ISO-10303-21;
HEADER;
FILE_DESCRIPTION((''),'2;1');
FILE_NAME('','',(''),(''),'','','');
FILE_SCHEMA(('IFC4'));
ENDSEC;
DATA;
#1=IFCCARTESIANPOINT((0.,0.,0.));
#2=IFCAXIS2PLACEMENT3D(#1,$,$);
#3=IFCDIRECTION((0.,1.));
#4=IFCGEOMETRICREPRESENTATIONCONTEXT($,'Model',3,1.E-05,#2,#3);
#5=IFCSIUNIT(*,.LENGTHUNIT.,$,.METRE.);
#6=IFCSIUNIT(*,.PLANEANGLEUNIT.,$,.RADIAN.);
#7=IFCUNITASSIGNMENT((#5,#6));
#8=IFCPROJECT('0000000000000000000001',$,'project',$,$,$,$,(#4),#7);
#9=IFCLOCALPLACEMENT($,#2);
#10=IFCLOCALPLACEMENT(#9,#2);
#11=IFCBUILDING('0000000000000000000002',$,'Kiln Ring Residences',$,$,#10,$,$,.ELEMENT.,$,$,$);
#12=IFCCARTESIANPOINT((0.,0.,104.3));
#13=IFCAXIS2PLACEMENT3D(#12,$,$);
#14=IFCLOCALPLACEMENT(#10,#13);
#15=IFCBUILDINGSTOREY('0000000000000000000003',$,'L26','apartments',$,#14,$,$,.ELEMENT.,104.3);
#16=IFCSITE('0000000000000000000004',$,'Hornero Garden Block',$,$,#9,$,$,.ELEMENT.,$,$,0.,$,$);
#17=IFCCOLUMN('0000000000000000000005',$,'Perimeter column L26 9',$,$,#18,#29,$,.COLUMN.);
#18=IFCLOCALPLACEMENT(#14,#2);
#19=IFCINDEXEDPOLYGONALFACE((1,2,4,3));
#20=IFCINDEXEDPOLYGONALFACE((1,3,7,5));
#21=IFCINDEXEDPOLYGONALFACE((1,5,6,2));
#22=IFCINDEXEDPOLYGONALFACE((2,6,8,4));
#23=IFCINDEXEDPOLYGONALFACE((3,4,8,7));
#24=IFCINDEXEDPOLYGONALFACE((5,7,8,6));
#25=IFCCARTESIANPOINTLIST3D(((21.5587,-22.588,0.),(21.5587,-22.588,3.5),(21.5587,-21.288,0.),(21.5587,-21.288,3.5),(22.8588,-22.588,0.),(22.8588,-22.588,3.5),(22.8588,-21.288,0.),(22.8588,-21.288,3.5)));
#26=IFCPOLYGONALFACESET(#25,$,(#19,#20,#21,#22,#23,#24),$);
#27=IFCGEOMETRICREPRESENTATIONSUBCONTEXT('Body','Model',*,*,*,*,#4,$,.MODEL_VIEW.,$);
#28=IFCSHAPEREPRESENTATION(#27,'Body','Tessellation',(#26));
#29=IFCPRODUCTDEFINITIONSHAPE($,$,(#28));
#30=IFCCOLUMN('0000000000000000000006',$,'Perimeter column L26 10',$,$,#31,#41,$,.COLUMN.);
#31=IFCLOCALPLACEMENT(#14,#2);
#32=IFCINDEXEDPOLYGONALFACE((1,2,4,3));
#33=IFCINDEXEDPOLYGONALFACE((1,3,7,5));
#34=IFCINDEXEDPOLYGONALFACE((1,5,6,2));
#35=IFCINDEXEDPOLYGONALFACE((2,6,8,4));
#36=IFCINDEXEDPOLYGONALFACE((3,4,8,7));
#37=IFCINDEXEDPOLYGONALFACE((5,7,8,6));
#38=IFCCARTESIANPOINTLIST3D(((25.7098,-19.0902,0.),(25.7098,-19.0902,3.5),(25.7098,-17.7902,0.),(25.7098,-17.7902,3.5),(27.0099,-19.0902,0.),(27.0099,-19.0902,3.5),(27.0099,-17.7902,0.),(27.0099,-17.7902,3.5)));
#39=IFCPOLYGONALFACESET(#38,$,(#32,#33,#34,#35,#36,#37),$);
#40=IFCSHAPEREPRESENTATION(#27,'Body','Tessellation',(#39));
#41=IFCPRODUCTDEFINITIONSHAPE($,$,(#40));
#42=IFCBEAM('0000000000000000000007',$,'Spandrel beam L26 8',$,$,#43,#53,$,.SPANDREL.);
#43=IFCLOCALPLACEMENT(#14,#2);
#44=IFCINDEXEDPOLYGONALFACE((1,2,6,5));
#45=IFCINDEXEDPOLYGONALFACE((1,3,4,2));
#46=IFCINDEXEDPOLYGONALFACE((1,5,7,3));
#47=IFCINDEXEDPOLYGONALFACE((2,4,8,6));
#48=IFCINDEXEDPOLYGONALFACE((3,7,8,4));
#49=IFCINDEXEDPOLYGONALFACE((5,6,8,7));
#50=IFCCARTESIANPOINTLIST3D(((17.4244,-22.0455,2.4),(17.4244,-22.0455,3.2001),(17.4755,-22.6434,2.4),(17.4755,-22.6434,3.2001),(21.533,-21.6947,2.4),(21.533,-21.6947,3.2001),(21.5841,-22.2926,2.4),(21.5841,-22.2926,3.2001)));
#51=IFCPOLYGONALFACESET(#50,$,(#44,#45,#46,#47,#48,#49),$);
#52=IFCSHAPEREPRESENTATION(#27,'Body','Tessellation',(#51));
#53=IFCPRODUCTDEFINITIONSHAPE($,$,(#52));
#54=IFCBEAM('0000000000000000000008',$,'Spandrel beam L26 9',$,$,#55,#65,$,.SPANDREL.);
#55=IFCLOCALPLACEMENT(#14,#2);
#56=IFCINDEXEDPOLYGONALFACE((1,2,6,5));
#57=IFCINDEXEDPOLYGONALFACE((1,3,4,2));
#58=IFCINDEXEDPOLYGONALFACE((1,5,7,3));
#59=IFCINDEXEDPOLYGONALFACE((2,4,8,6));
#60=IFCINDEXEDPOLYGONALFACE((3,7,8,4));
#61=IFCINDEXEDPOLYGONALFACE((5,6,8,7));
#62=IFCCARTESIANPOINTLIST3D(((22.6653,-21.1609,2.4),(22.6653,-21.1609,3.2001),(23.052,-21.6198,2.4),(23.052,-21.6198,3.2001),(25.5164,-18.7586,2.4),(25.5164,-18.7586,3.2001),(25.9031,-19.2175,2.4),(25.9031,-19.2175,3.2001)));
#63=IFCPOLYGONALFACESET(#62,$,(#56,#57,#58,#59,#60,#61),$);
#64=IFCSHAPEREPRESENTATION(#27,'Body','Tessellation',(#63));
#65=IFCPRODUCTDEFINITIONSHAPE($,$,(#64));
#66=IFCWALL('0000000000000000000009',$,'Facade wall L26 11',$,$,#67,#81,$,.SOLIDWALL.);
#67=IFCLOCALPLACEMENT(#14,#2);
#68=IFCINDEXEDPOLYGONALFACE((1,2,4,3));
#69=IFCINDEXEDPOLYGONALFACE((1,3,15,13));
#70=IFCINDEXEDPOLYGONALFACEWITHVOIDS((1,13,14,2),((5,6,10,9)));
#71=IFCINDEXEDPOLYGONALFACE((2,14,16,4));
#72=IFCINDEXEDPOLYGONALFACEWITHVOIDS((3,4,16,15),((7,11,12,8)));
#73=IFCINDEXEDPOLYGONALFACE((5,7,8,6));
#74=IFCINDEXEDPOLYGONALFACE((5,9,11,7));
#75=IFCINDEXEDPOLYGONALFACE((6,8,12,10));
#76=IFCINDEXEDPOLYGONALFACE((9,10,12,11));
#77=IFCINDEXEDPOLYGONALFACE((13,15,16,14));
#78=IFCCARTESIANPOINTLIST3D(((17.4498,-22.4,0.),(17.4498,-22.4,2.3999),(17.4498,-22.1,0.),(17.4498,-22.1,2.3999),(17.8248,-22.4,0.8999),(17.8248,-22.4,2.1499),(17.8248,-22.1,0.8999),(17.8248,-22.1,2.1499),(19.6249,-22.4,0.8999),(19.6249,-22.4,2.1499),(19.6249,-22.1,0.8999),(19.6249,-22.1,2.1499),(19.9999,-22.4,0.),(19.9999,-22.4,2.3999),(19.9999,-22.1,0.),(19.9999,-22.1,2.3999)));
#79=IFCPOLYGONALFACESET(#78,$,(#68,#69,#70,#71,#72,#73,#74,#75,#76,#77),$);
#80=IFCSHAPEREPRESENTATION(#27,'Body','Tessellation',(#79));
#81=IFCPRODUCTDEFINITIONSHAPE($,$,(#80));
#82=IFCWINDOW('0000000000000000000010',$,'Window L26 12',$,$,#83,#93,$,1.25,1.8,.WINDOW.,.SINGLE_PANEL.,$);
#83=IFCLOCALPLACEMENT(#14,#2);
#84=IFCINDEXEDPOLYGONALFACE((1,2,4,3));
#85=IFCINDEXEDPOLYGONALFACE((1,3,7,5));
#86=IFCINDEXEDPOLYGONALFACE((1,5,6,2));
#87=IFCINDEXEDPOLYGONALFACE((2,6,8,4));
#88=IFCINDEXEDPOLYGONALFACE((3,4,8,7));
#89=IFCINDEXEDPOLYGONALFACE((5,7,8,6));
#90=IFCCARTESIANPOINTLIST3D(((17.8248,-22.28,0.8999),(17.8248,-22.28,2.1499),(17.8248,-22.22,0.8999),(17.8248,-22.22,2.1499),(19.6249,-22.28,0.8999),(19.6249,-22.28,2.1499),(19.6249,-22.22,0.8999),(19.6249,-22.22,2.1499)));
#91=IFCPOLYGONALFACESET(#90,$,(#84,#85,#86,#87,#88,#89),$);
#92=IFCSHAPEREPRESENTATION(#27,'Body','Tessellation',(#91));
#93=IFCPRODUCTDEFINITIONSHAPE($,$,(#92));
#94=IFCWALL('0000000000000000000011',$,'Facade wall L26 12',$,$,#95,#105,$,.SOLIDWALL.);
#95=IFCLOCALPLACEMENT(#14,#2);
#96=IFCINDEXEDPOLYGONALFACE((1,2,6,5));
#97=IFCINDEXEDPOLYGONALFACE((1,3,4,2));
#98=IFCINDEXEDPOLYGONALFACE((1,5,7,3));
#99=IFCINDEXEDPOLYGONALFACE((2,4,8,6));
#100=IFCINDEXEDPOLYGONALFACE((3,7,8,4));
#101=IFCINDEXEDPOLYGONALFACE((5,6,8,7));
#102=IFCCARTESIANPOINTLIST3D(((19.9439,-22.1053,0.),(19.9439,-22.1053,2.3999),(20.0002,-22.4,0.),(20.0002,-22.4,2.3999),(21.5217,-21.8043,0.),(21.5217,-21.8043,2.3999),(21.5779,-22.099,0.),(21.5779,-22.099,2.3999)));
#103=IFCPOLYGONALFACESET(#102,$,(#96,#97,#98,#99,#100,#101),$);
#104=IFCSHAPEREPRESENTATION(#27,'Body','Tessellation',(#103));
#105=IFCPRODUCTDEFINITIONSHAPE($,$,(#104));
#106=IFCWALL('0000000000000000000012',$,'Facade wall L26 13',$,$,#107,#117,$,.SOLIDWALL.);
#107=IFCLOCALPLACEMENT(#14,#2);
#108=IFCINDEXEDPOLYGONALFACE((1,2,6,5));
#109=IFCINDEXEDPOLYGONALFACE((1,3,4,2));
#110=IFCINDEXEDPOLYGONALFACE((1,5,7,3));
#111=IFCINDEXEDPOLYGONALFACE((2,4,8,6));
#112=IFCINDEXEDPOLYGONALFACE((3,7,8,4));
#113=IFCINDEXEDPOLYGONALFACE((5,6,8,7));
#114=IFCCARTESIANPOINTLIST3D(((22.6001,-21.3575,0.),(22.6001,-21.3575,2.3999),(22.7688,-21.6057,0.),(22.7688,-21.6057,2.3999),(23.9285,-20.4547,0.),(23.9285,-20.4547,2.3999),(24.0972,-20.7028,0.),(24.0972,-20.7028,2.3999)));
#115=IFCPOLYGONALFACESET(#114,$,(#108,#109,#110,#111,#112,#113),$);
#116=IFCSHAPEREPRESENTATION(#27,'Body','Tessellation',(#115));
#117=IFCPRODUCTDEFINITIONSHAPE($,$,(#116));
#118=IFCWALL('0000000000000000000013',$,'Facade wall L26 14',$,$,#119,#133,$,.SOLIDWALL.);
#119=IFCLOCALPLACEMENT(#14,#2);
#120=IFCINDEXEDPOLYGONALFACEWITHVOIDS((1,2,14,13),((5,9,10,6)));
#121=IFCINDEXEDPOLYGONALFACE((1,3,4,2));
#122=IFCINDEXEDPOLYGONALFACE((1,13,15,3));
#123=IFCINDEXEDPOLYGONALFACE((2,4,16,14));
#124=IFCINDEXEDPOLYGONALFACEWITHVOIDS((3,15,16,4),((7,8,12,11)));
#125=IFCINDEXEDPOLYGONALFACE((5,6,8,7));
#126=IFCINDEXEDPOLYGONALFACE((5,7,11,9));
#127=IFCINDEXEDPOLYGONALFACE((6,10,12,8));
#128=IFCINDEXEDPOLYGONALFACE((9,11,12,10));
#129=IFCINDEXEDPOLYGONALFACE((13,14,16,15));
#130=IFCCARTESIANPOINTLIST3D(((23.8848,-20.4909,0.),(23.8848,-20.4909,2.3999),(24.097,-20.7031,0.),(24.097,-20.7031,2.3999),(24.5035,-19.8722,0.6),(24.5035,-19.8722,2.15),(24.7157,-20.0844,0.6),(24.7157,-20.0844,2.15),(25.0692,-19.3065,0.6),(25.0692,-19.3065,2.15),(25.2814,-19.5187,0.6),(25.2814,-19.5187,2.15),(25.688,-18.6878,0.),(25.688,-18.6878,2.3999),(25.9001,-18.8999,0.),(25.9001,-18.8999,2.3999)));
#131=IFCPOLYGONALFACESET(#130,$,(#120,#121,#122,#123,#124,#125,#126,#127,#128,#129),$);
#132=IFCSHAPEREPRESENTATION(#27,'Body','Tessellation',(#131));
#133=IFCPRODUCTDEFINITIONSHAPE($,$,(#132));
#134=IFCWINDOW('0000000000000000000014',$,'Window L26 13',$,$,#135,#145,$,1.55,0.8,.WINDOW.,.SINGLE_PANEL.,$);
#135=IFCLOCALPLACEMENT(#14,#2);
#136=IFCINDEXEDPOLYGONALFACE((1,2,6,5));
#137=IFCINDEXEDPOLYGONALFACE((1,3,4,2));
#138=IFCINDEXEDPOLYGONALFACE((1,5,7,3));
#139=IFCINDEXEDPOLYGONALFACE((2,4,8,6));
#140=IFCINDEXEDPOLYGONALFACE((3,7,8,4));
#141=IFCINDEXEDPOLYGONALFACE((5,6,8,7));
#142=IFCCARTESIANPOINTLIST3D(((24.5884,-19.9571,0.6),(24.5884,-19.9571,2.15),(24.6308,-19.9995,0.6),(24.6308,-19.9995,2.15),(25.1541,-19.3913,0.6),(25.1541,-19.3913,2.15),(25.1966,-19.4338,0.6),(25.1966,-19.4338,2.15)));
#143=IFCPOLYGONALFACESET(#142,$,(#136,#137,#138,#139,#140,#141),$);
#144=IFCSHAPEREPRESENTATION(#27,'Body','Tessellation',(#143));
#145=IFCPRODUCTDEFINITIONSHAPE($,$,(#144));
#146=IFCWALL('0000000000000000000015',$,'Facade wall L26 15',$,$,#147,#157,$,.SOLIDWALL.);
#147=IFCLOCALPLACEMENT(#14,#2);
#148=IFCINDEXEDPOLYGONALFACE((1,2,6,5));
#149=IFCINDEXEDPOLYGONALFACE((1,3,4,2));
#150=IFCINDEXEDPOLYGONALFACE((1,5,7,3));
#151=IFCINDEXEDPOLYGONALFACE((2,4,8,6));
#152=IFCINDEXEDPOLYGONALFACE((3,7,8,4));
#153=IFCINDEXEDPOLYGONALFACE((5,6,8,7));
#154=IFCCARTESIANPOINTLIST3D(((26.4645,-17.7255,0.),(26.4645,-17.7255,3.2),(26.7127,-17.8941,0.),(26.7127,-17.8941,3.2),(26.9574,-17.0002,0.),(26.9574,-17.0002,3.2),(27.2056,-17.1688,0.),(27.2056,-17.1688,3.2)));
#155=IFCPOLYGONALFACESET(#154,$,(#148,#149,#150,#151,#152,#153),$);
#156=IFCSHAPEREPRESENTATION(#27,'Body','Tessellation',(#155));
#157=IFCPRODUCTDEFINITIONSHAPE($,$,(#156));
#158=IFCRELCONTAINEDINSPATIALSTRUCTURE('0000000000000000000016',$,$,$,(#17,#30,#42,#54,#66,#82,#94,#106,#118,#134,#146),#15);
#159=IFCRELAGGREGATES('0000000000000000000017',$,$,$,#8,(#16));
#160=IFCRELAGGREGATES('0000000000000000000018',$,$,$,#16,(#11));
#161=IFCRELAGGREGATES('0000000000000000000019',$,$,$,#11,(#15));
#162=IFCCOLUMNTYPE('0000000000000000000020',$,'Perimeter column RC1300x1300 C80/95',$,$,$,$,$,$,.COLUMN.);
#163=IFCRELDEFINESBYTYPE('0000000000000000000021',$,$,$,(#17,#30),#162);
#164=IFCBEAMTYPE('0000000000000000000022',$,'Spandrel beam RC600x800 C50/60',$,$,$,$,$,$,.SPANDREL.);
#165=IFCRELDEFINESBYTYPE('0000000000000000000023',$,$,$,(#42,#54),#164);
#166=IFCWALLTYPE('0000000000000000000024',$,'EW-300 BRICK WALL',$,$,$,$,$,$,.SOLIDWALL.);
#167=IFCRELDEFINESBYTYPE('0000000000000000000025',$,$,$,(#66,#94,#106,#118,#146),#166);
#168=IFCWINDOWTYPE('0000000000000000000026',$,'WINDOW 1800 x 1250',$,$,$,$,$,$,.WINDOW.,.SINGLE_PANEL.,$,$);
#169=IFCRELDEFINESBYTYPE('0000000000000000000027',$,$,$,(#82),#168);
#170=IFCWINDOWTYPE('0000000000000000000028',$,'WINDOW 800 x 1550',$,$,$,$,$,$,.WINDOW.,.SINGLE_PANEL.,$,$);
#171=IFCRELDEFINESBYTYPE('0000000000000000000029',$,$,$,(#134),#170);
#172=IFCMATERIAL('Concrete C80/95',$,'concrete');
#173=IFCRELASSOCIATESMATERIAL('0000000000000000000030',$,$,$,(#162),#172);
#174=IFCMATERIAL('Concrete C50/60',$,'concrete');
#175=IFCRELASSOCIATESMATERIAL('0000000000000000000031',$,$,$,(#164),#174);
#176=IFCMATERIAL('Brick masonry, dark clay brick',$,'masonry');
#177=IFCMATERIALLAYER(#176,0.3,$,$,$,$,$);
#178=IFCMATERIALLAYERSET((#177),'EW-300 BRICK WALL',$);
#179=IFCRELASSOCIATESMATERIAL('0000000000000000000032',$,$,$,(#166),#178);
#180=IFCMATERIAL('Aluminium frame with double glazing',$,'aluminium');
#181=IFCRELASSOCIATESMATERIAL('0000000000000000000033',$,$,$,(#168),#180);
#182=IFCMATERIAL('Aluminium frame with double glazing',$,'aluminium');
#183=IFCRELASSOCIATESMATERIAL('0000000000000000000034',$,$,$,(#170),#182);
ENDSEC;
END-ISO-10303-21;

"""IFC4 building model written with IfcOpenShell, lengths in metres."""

from ifc_helpers import new_model, si_unit, direction, frame, frame_2d, origin, origin_2d, place, context, subcontext, project, spatial, rectangle, extrude, material, layer, layer_set, material_profile, profile_set, type_object, element, fill, save


model = new_model("IFC4")

# Units and contexts
model_context = context("Model", 3, precision=1e-05, world=origin(), true_north=direction((0.0, 1.0)))
body_context = subcontext(model_context, "Body", "Model", "MODEL_VIEW")
ifc_project = project(units=[si_unit("LENGTHUNIT", "METRE"), si_unit("PLANEANGLEUNIT", "RADIAN")], contexts=[model_context])

# Site, building, storey
site_placement = place(None, origin())
site = spatial("IfcSite", under=ifc_project, at=site_placement, Name="Hornero Garden Block", CompositionType="ELEMENT", RefElevation=0.0)
building_placement = place(site_placement, origin())
building = spatial("IfcBuilding", under=site, at=building_placement, Name="Kiln Ring Residences", CompositionType="ELEMENT")
storey_placement = place(building_placement, frame((0.0, 0.0, 104.3)))
storey = spatial("IfcBuildingStorey", under=building, at=storey_placement, Name="L26", Description="apartments", CompositionType="ELEMENT", Elevation=104.3)

# Columns
ifc_material_1 = material(Name="Concrete C80/95", Category="concrete")
ifc_material_profile_1 = material_profile(ifc_material_1, rectangle(XDim=1.3, YDim=1.3, at=origin_2d()), Name="RC1300x1300")
ifc_profile_set_1 = profile_set([ifc_material_profile_1], Name="Concrete C80/95")
column_type = type_object("IfcColumnType", Name="Perimeter column RC1300x1300 C80/95", PredefinedType="COLUMN", material=ifc_profile_set_1)
for number, where, z_axis, x_axis, name in (
    (1, (22.2087, -21.938, 0.0), (0.0, 0.0, 1.0), (1.0, 0.0, 0.0), "Perimeter column L26 9"),
    (2, (26.3599, -18.4402, 0.0), (0.0, 0.0, 1.0), (1.0, 0.0, 0.0), "Perimeter column L26 10"),
):
    element("IfcColumn", number, at=place(storey_placement, frame(where, z_axis=z_axis, x_axis=x_axis)), inside=storey, type_object=column_type, Name=name, PredefinedType="COLUMN", context=body_context, shape_type="SweptSolid", body=[
        extrude(rectangle(XDim=1.3, YDim=1.3, at=origin_2d()), origin(), (0.0, 0.0, 1.0), 3.5),
    ])

# Beams
ifc_material_2 = material(Name="Concrete C50/60", Category="concrete")
ifc_material_profile_2 = material_profile(ifc_material_2, rectangle(XDim=0.6001, YDim=0.8, at=origin_2d()), Name="RC600x800")
ifc_profile_set_2 = profile_set([ifc_material_profile_2], Name="Concrete C50/60")
beam_type = type_object("IfcBeamType", Name="Spandrel beam RC600x800 C50/60", PredefinedType="SPANDREL", material=ifc_profile_set_2)
beam_1_placement = place(storey_placement, frame((17.45, -22.3445, 2.8), z_axis=(0.996374, 0.085079, 0.0), x_axis=(-0.085079, 0.996374, 0.0)))
element("IfcBeam", 3, at=beam_1_placement, inside=storey, type_object=beam_type, Name="Spandrel beam L26 8", PredefinedType="SPANDREL", context=body_context, shape_type="SweptSolid", body=[
    extrude(rectangle(XDim=0.6001, YDim=0.8, at=origin_2d()), origin(), (0.0, 0.0, 1.0), 4.1235),
])
beam_2_placement = place(storey_placement, frame((22.8586, -21.3904, 2.8), z_axis=(0.764721, 0.644362, 0.0), x_axis=(-0.644362, 0.764721, 0.0)))
element("IfcBeam", 4, at=beam_2_placement, inside=storey, type_object=beam_type, Name="Spandrel beam L26 9", PredefinedType="SPANDREL", context=body_context, shape_type="SweptSolid", body=[
    extrude(rectangle(XDim=0.6001, YDim=0.8, at=origin_2d()), origin(), (0.0, 0.0, 1.0), 3.7283),
])

# Wall, opening, window
ifc_material_3 = material(Name="Brick masonry, dark clay brick", Category="masonry")
ifc_layer_1 = layer(ifc_material_3, 0.3)
ifc_layer_set_1 = layer_set([ifc_layer_1], Name="EW-300 BRICK WALL")
wall_type_1 = type_object("IfcWallType", Name="EW-300 BRICK WALL", PredefinedType="SOLIDWALL", material=ifc_layer_set_1)
wall_1_placement = place(storey_placement, frame((17.45, -22.25, 0.0), z_axis=(0.0, 0.0, 1.0), x_axis=(1.0, 0.0, 0.0)))
wall_1 = element("IfcWall", 5, at=wall_1_placement, inside=storey, type_object=wall_type_1, Name="Facade wall L26 11", PredefinedType="SOLIDWALL", context=body_context, shape_type="SweptSolid", body=[
    extrude(rectangle(XDim=2.55, YDim=0.3, at=frame_2d((1.2749, 0.0))), origin(), (0.0, 0.0, 1.0), 2.3999),
])
opening_1_placement = place(wall_1_placement, frame((0.375, 0.0, 0.8999)))
opening_1 = element("IfcOpeningElement", 6, at=opening_1_placement, cuts=wall_1, PredefinedType="OPENING", context=body_context, shape_type="SweptSolid", body=[
    extrude(rectangle(XDim=1.8, YDim=1.25, at=frame_2d((0.8999, 0.625))), frame((0.0, 0.1599, 0.0), z_axis=(0.0, -1.0, 0.0), x_axis=(1.0, 0.0, 0.0)), (0.0, 0.0, 1.0), 0.3201),
])
ifc_material_4 = material(Name="Aluminium frame with double glazing", Category="aluminium")
window_type_1 = type_object("IfcWindowType", Name="WINDOW 1800 x 1250", PartitioningType="SINGLE_PANEL", PredefinedType="WINDOW", material=ifc_material_4)
window_1_placement = place(opening_1_placement, origin())
window_1 = element("IfcWindow", 7, at=window_1_placement, inside=storey, type_object=window_type_1, Name="Window L26 12", OverallHeight=1.25, OverallWidth=1.8, PartitioningType="SINGLE_PANEL", PredefinedType="WINDOW", context=body_context, shape_type="SweptSolid", body=[
    extrude(rectangle(XDim=1.8, YDim=1.25, at=frame_2d((0.8999, 0.625))), frame((0.0, 0.03, 0.0), z_axis=(0.0, -1.0, 0.0), x_axis=(1.0, 0.0, 0.0)), (0.0, 0.0, 1.0), 0.0601),
])
fill(opening_1, window_1)

# Walls
for number, where, z_axis, x_axis, name in (
    (8, (19.9719, -22.2527, 0.0), (0.0, 0.0, 1.0), (0.982279, 0.187426, 0.0), "Facade wall L26 12"),
    (9, (22.6843, -21.4817, 0.0), (0.0, 0.0, 1.0), (0.827059, 0.562115, 0.0), "Facade wall L26 13"),
):
    element("IfcWall", number, at=place(storey_placement, frame(where, z_axis=z_axis, x_axis=x_axis)), inside=storey, type_object=wall_type_1, Name=name, PredefinedType="SOLIDWALL", context=body_context, shape_type="SweptSolid", body=[
        extrude(rectangle(XDim=1.6062, YDim=0.3, at=frame_2d((0.8032, 0.0))), origin(), (0.0, 0.0, 1.0), 2.3999),
    ])

# Wall, opening, window
wall_2_placement = place(storey_placement, frame((23.991, -20.5969, 0.0), z_axis=(0.0, 0.0, 1.0), x_axis=(0.707107, 0.707107, 0.0)))
wall_2 = element("IfcWall", 10, at=wall_2_placement, inside=storey, type_object=wall_type_1, Name="Facade wall L26 14", PredefinedType="SOLIDWALL", context=body_context, shape_type="SweptSolid", body=[
    extrude(rectangle(XDim=2.55, YDim=0.3, at=frame_2d((1.2749, 0.0))), origin(), (0.0, 0.0, 1.0), 2.3999),
])
opening_2_placement = place(wall_2_placement, frame((0.875, 0.0, 0.6001)))
opening_2 = element("IfcOpeningElement", 11, at=opening_2_placement, cuts=wall_2, PredefinedType="OPENING", context=body_context, shape_type="SweptSolid", body=[
    extrude(rectangle(XDim=0.8, YDim=1.55, at=frame_2d((0.3999, 0.7749))), frame((0.0, 0.1599, 0.0), z_axis=(0.0, -1.0, 0.0), x_axis=(1.0, 0.0, 0.0)), (0.0, 0.0, 1.0), 0.3201),
])
ifc_material_5 = material(Name="Aluminium frame with double glazing", Category="aluminium")
window_type_2 = type_object("IfcWindowType", Name="WINDOW 800 x 1550", PartitioningType="SINGLE_PANEL", PredefinedType="WINDOW", material=ifc_material_5)
window_2_placement = place(opening_2_placement, origin())
window_2 = element("IfcWindow", 12, at=window_2_placement, inside=storey, type_object=window_type_2, Name="Window L26 13", OverallHeight=1.55, OverallWidth=0.8, PartitioningType="SINGLE_PANEL", PredefinedType="WINDOW", context=body_context, shape_type="SweptSolid", body=[
    extrude(rectangle(XDim=0.8, YDim=1.55, at=frame_2d((0.3999, 0.7749))), frame((0.0, 0.03, 0.0), z_axis=(0.0, -1.0, 0.0), x_axis=(1.0, 0.0, 0.0)), (0.0, 0.0, 1.0), 0.0601),
])
fill(opening_2, window_2)

# Wall
wall_3_placement = place(storey_placement, frame((26.5886, -17.8098, 0.0), z_axis=(0.0, 0.0, 1.0), x_axis=(0.562066, 0.827092, 0.0)))
element("IfcWall", 13, at=wall_3_placement, inside=storey, type_object=wall_type_1, Name="Facade wall L26 15", PredefinedType="SOLIDWALL", context=body_context, shape_type="SweptSolid", body=[
    extrude(rectangle(XDim=0.877, YDim=0.3, at=frame_2d((0.4385, 0.0))), origin(), (0.0, 0.0, 1.0), 3.2),
])

save(model, "model.ifc")
